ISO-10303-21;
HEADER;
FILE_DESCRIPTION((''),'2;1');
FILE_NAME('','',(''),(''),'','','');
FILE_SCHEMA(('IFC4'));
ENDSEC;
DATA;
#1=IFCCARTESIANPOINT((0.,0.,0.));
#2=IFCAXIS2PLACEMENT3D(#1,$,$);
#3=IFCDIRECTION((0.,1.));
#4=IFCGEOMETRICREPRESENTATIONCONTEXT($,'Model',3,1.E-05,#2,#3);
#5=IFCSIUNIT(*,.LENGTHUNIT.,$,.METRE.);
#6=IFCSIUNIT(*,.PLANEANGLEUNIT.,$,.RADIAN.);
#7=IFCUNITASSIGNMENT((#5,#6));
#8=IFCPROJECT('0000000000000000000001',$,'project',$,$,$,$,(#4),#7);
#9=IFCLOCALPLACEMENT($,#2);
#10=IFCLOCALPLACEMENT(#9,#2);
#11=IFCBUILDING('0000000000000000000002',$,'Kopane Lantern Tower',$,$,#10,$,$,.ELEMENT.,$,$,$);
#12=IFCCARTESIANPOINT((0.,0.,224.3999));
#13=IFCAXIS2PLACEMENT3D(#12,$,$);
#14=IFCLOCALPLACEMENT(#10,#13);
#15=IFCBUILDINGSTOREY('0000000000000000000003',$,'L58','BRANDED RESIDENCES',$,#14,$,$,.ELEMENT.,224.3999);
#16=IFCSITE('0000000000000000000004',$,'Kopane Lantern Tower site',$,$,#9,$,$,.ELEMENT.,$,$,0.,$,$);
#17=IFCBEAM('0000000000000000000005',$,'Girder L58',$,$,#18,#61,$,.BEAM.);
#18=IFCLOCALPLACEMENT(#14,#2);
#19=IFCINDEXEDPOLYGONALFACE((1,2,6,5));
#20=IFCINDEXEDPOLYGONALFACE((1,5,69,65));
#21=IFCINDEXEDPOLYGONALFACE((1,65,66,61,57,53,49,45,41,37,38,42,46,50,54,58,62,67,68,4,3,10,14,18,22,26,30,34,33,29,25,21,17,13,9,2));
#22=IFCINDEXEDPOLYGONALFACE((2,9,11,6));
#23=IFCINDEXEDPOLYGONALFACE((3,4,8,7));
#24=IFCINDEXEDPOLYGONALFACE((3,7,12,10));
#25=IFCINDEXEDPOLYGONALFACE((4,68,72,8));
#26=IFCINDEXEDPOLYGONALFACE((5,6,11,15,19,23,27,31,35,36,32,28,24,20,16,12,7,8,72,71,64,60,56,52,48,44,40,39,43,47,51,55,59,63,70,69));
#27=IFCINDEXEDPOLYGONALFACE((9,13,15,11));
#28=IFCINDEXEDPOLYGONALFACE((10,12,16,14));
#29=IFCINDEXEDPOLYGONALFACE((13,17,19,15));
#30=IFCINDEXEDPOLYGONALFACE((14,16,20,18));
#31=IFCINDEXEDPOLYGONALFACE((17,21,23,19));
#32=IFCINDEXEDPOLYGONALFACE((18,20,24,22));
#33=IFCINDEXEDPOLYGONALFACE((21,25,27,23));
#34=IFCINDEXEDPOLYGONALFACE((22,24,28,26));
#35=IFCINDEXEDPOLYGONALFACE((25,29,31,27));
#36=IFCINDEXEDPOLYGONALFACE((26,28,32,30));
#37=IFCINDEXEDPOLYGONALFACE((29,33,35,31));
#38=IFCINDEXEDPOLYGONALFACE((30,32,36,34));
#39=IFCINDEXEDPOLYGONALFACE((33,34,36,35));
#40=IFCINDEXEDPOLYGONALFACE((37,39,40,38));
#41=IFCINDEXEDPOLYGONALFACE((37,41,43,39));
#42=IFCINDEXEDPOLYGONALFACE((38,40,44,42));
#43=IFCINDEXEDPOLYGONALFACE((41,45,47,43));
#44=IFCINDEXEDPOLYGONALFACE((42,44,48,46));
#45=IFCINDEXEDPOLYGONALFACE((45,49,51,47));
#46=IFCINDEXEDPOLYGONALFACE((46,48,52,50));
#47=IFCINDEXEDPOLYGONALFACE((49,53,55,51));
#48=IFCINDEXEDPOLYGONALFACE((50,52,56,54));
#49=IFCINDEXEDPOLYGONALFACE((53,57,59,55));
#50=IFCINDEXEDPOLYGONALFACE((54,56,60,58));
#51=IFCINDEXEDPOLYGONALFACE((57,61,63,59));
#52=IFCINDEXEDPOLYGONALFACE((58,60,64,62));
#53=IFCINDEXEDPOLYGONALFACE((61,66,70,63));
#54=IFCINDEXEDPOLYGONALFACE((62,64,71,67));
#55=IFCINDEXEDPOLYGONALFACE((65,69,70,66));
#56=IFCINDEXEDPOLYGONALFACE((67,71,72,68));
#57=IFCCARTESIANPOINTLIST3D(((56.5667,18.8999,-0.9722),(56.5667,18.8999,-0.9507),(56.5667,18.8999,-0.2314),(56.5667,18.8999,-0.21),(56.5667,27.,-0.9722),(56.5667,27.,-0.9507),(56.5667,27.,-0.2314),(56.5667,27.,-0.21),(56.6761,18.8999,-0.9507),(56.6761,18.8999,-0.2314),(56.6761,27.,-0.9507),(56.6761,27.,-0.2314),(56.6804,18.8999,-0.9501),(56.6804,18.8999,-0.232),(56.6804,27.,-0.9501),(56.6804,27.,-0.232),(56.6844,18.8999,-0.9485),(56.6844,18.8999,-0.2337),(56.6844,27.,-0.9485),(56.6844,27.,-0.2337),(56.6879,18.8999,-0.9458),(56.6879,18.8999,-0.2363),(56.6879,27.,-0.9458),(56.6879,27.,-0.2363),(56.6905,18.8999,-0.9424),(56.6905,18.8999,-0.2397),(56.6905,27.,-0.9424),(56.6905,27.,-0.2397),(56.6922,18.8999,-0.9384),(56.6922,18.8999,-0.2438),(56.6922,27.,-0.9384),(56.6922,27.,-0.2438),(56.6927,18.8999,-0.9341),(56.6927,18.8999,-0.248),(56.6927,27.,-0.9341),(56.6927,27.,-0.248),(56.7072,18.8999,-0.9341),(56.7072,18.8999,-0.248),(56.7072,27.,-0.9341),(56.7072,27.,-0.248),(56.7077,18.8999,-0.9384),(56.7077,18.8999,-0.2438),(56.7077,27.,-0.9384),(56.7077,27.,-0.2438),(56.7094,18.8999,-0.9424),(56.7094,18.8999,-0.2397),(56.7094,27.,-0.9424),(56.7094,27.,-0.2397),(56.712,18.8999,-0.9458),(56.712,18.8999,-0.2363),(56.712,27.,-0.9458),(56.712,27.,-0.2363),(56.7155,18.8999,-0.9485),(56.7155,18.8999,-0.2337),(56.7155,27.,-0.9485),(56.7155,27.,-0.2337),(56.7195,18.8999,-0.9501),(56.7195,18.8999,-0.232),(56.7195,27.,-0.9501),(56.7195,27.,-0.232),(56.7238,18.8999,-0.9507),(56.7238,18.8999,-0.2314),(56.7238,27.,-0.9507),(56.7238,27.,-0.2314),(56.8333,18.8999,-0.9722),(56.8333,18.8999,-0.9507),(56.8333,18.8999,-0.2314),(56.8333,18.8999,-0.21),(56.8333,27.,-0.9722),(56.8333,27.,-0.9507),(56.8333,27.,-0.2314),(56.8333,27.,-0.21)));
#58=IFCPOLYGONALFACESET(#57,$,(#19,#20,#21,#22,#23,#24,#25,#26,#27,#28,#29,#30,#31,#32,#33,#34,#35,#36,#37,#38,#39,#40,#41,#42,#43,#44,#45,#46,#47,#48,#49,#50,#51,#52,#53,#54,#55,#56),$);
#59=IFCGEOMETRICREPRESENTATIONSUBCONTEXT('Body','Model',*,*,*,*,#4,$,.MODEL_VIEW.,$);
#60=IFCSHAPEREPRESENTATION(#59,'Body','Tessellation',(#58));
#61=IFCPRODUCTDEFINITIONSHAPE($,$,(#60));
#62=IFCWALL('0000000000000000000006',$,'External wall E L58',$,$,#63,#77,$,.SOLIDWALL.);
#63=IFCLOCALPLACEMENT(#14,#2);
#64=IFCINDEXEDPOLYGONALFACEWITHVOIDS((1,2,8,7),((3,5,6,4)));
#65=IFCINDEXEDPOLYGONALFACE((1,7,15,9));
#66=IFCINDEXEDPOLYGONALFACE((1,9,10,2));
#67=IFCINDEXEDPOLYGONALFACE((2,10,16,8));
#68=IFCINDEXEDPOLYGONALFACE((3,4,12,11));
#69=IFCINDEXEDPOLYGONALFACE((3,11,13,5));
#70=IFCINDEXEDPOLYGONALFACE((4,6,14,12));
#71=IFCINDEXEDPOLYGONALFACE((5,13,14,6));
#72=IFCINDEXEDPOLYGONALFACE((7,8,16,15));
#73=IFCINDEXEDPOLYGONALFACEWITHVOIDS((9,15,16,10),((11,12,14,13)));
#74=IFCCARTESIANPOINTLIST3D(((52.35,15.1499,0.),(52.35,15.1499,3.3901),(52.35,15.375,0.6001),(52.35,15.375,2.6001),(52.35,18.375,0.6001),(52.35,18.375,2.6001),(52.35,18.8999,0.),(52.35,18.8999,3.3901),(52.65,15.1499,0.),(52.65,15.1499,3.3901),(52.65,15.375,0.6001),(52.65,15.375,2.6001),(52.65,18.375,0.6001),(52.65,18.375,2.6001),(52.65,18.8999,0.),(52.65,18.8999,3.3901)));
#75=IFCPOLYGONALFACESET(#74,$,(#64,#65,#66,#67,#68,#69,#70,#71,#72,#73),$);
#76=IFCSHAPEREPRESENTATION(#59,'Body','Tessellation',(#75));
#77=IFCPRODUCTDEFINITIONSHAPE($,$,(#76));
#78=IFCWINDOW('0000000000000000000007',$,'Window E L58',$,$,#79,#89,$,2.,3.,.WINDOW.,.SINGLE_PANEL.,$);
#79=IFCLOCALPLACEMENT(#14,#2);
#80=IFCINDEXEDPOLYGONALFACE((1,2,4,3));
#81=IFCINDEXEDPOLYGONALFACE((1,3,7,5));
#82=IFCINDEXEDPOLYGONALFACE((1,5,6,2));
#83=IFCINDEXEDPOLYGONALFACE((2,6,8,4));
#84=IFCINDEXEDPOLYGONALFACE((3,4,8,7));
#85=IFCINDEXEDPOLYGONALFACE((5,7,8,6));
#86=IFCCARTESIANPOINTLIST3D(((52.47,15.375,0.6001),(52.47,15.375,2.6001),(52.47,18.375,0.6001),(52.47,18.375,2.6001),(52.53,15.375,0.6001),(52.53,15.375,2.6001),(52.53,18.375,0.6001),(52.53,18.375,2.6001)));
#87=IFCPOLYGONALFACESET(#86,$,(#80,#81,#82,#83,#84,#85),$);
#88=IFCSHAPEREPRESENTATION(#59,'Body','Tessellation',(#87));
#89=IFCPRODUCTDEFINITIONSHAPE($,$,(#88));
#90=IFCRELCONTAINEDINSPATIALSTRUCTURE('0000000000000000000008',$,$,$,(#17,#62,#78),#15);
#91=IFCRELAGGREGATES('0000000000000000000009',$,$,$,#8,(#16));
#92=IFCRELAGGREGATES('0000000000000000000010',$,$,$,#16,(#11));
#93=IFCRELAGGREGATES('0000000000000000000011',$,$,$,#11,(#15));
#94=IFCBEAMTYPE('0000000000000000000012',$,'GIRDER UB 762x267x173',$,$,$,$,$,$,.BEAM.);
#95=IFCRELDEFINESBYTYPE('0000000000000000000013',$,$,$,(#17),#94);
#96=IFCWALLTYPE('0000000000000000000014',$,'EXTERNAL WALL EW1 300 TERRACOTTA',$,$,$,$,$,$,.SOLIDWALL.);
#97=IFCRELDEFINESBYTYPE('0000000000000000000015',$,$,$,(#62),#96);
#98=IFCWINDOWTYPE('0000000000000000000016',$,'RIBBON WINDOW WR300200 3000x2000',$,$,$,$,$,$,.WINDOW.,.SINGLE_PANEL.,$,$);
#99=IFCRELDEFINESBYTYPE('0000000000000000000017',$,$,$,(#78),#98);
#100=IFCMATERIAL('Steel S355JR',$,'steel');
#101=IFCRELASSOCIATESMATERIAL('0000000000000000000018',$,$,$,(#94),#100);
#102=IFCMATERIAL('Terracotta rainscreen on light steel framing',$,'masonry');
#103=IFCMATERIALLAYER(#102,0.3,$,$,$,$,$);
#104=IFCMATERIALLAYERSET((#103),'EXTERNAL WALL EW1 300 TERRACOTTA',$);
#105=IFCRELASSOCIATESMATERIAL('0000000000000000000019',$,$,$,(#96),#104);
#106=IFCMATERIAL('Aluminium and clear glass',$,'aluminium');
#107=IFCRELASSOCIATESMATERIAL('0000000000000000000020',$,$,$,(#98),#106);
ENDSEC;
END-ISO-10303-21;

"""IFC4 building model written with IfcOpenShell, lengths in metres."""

from ifc_helpers import new_model, si_unit, direction, frame, frame_2d, origin, origin_2d, place, context, subcontext, project, spatial, rectangle, i_section, extrude, material, layer, layer_set, material_profile, profile_set, type_object, element, fill, save


model = new_model("IFC4")

# Units and contexts
model_context = context("Model", 3, precision=1e-05, world=origin(), true_north=direction((0.0, 1.0)))
body_context = subcontext(model_context, "Body", "Model", "MODEL_VIEW")
ifc_project = project(units=[si_unit("LENGTHUNIT", "METRE"), si_unit("PLANEANGLEUNIT", "RADIAN")], contexts=[model_context])

# Site, building, storey
site_placement = place(None, origin())
site = spatial("IfcSite", under=ifc_project, at=site_placement, Name="Kopane Lantern Tower site", CompositionType="ELEMENT", RefElevation=0.0)
building_placement = place(site_placement, origin())
building = spatial("IfcBuilding", under=site, at=building_placement, Name="Kopane Lantern Tower", CompositionType="ELEMENT")
storey_placement = place(building_placement, frame((0.0, 0.0, 224.3999)))
storey = spatial("IfcBuildingStorey", under=building, at=storey_placement, Name="L58", Description="BRANDED RESIDENCES", CompositionType="ELEMENT", Elevation=224.3999)

# Beam
ifc_material_1 = material(Name="Steel S355JR", Category="steel")
ifc_material_profile_1 = material_profile(ifc_material_1, i_section(OverallWidth=0.2666, OverallDepth=0.7622, WebThickness=0.0144, FlangeThickness=0.0215, FilletRadius=0.0166, at=origin_2d()), Name="UB 762x267x173")
ifc_profile_set_1 = profile_set([ifc_material_profile_1], Name="Steel S355JR")
beam_type_1 = type_object("IfcBeamType", Name="GIRDER UB 762x267x173", PredefinedType="BEAM", material=ifc_profile_set_1)
beam_1_placement = place(storey_placement, frame((56.7, 18.8999, -0.5911), z_axis=(0.0, 1.0, 0.0), x_axis=(-1.0, 0.0, 0.0)))
element("IfcBeam", 1, at=beam_1_placement, inside=storey, type_object=beam_type_1, Name="Girder L58", PredefinedType="BEAM", context=body_context, shape_type="SweptSolid", body=[
    extrude(i_section(OverallWidth=0.2666, OverallDepth=0.7622, WebThickness=0.0144, FlangeThickness=0.0215, FilletRadius=0.0166, at=origin_2d()), origin(), (0.0, 0.0, 1.0), 8.1001),
])

# Wall, opening, window
ifc_material_2 = material(Name="Terracotta rainscreen on light steel framing", Category="masonry")
ifc_layer = layer(ifc_material_2, 0.3)
ifc_layer_set = layer_set([ifc_layer], Name="EXTERNAL WALL EW1 300 TERRACOTTA")
wall_type = type_object("IfcWallType", Name="EXTERNAL WALL EW1 300 TERRACOTTA", PredefinedType="SOLIDWALL", material=ifc_layer_set)
wall_placement = place(storey_placement, frame((52.5, 15.1499, 0.0), z_axis=(0.0, 0.0, 1.0), x_axis=(0.0, 1.0, 0.0)))
wall = element("IfcWall", 2, at=wall_placement, inside=storey, type_object=wall_type, Name="External wall E L58", PredefinedType="SOLIDWALL", context=body_context, shape_type="SweptSolid", body=[
    extrude(rectangle(XDim=3.75, YDim=0.3, at=frame_2d((1.875, 0.0))), origin(), (0.0, 0.0, 1.0), 3.3901),
])
opening_placement = place(wall_placement, frame((0.2251, 0.0, 0.6001)))
opening = element("IfcOpeningElement", 3, at=opening_placement, cuts=wall, PredefinedType="OPENING", context=body_context, shape_type="SweptSolid", body=[
    extrude(rectangle(XDim=3.0, YDim=2.0, at=frame_2d((1.5, 1.0))), frame((0.0, 0.1599, 0.0), z_axis=(0.0, -1.0, 0.0), x_axis=(1.0, 0.0, 0.0)), (0.0, 0.0, 1.0), 0.3201),
])
ifc_material_3 = material(Name="Aluminium and clear glass", Category="aluminium")
window_type = type_object("IfcWindowType", Name="RIBBON WINDOW WR300200 3000x2000", PartitioningType="SINGLE_PANEL", PredefinedType="WINDOW", material=ifc_material_3)
window_placement = place(opening_placement, origin())
window = element("IfcWindow", 4, at=window_placement, inside=storey, type_object=window_type, Name="Window E L58", OverallHeight=2.0, OverallWidth=3.0, PartitioningType="SINGLE_PANEL", PredefinedType="WINDOW", context=body_context, shape_type="SweptSolid", body=[
    extrude(rectangle(XDim=3.0, YDim=2.0, at=frame_2d((1.5, 1.0))), frame((0.0, 0.03, 0.0), z_axis=(0.0, -1.0, 0.0), x_axis=(1.0, 0.0, 0.0)), (0.0, 0.0, 1.0), 0.0601),
])
fill(opening, window)

save(model, "model.ifc")
